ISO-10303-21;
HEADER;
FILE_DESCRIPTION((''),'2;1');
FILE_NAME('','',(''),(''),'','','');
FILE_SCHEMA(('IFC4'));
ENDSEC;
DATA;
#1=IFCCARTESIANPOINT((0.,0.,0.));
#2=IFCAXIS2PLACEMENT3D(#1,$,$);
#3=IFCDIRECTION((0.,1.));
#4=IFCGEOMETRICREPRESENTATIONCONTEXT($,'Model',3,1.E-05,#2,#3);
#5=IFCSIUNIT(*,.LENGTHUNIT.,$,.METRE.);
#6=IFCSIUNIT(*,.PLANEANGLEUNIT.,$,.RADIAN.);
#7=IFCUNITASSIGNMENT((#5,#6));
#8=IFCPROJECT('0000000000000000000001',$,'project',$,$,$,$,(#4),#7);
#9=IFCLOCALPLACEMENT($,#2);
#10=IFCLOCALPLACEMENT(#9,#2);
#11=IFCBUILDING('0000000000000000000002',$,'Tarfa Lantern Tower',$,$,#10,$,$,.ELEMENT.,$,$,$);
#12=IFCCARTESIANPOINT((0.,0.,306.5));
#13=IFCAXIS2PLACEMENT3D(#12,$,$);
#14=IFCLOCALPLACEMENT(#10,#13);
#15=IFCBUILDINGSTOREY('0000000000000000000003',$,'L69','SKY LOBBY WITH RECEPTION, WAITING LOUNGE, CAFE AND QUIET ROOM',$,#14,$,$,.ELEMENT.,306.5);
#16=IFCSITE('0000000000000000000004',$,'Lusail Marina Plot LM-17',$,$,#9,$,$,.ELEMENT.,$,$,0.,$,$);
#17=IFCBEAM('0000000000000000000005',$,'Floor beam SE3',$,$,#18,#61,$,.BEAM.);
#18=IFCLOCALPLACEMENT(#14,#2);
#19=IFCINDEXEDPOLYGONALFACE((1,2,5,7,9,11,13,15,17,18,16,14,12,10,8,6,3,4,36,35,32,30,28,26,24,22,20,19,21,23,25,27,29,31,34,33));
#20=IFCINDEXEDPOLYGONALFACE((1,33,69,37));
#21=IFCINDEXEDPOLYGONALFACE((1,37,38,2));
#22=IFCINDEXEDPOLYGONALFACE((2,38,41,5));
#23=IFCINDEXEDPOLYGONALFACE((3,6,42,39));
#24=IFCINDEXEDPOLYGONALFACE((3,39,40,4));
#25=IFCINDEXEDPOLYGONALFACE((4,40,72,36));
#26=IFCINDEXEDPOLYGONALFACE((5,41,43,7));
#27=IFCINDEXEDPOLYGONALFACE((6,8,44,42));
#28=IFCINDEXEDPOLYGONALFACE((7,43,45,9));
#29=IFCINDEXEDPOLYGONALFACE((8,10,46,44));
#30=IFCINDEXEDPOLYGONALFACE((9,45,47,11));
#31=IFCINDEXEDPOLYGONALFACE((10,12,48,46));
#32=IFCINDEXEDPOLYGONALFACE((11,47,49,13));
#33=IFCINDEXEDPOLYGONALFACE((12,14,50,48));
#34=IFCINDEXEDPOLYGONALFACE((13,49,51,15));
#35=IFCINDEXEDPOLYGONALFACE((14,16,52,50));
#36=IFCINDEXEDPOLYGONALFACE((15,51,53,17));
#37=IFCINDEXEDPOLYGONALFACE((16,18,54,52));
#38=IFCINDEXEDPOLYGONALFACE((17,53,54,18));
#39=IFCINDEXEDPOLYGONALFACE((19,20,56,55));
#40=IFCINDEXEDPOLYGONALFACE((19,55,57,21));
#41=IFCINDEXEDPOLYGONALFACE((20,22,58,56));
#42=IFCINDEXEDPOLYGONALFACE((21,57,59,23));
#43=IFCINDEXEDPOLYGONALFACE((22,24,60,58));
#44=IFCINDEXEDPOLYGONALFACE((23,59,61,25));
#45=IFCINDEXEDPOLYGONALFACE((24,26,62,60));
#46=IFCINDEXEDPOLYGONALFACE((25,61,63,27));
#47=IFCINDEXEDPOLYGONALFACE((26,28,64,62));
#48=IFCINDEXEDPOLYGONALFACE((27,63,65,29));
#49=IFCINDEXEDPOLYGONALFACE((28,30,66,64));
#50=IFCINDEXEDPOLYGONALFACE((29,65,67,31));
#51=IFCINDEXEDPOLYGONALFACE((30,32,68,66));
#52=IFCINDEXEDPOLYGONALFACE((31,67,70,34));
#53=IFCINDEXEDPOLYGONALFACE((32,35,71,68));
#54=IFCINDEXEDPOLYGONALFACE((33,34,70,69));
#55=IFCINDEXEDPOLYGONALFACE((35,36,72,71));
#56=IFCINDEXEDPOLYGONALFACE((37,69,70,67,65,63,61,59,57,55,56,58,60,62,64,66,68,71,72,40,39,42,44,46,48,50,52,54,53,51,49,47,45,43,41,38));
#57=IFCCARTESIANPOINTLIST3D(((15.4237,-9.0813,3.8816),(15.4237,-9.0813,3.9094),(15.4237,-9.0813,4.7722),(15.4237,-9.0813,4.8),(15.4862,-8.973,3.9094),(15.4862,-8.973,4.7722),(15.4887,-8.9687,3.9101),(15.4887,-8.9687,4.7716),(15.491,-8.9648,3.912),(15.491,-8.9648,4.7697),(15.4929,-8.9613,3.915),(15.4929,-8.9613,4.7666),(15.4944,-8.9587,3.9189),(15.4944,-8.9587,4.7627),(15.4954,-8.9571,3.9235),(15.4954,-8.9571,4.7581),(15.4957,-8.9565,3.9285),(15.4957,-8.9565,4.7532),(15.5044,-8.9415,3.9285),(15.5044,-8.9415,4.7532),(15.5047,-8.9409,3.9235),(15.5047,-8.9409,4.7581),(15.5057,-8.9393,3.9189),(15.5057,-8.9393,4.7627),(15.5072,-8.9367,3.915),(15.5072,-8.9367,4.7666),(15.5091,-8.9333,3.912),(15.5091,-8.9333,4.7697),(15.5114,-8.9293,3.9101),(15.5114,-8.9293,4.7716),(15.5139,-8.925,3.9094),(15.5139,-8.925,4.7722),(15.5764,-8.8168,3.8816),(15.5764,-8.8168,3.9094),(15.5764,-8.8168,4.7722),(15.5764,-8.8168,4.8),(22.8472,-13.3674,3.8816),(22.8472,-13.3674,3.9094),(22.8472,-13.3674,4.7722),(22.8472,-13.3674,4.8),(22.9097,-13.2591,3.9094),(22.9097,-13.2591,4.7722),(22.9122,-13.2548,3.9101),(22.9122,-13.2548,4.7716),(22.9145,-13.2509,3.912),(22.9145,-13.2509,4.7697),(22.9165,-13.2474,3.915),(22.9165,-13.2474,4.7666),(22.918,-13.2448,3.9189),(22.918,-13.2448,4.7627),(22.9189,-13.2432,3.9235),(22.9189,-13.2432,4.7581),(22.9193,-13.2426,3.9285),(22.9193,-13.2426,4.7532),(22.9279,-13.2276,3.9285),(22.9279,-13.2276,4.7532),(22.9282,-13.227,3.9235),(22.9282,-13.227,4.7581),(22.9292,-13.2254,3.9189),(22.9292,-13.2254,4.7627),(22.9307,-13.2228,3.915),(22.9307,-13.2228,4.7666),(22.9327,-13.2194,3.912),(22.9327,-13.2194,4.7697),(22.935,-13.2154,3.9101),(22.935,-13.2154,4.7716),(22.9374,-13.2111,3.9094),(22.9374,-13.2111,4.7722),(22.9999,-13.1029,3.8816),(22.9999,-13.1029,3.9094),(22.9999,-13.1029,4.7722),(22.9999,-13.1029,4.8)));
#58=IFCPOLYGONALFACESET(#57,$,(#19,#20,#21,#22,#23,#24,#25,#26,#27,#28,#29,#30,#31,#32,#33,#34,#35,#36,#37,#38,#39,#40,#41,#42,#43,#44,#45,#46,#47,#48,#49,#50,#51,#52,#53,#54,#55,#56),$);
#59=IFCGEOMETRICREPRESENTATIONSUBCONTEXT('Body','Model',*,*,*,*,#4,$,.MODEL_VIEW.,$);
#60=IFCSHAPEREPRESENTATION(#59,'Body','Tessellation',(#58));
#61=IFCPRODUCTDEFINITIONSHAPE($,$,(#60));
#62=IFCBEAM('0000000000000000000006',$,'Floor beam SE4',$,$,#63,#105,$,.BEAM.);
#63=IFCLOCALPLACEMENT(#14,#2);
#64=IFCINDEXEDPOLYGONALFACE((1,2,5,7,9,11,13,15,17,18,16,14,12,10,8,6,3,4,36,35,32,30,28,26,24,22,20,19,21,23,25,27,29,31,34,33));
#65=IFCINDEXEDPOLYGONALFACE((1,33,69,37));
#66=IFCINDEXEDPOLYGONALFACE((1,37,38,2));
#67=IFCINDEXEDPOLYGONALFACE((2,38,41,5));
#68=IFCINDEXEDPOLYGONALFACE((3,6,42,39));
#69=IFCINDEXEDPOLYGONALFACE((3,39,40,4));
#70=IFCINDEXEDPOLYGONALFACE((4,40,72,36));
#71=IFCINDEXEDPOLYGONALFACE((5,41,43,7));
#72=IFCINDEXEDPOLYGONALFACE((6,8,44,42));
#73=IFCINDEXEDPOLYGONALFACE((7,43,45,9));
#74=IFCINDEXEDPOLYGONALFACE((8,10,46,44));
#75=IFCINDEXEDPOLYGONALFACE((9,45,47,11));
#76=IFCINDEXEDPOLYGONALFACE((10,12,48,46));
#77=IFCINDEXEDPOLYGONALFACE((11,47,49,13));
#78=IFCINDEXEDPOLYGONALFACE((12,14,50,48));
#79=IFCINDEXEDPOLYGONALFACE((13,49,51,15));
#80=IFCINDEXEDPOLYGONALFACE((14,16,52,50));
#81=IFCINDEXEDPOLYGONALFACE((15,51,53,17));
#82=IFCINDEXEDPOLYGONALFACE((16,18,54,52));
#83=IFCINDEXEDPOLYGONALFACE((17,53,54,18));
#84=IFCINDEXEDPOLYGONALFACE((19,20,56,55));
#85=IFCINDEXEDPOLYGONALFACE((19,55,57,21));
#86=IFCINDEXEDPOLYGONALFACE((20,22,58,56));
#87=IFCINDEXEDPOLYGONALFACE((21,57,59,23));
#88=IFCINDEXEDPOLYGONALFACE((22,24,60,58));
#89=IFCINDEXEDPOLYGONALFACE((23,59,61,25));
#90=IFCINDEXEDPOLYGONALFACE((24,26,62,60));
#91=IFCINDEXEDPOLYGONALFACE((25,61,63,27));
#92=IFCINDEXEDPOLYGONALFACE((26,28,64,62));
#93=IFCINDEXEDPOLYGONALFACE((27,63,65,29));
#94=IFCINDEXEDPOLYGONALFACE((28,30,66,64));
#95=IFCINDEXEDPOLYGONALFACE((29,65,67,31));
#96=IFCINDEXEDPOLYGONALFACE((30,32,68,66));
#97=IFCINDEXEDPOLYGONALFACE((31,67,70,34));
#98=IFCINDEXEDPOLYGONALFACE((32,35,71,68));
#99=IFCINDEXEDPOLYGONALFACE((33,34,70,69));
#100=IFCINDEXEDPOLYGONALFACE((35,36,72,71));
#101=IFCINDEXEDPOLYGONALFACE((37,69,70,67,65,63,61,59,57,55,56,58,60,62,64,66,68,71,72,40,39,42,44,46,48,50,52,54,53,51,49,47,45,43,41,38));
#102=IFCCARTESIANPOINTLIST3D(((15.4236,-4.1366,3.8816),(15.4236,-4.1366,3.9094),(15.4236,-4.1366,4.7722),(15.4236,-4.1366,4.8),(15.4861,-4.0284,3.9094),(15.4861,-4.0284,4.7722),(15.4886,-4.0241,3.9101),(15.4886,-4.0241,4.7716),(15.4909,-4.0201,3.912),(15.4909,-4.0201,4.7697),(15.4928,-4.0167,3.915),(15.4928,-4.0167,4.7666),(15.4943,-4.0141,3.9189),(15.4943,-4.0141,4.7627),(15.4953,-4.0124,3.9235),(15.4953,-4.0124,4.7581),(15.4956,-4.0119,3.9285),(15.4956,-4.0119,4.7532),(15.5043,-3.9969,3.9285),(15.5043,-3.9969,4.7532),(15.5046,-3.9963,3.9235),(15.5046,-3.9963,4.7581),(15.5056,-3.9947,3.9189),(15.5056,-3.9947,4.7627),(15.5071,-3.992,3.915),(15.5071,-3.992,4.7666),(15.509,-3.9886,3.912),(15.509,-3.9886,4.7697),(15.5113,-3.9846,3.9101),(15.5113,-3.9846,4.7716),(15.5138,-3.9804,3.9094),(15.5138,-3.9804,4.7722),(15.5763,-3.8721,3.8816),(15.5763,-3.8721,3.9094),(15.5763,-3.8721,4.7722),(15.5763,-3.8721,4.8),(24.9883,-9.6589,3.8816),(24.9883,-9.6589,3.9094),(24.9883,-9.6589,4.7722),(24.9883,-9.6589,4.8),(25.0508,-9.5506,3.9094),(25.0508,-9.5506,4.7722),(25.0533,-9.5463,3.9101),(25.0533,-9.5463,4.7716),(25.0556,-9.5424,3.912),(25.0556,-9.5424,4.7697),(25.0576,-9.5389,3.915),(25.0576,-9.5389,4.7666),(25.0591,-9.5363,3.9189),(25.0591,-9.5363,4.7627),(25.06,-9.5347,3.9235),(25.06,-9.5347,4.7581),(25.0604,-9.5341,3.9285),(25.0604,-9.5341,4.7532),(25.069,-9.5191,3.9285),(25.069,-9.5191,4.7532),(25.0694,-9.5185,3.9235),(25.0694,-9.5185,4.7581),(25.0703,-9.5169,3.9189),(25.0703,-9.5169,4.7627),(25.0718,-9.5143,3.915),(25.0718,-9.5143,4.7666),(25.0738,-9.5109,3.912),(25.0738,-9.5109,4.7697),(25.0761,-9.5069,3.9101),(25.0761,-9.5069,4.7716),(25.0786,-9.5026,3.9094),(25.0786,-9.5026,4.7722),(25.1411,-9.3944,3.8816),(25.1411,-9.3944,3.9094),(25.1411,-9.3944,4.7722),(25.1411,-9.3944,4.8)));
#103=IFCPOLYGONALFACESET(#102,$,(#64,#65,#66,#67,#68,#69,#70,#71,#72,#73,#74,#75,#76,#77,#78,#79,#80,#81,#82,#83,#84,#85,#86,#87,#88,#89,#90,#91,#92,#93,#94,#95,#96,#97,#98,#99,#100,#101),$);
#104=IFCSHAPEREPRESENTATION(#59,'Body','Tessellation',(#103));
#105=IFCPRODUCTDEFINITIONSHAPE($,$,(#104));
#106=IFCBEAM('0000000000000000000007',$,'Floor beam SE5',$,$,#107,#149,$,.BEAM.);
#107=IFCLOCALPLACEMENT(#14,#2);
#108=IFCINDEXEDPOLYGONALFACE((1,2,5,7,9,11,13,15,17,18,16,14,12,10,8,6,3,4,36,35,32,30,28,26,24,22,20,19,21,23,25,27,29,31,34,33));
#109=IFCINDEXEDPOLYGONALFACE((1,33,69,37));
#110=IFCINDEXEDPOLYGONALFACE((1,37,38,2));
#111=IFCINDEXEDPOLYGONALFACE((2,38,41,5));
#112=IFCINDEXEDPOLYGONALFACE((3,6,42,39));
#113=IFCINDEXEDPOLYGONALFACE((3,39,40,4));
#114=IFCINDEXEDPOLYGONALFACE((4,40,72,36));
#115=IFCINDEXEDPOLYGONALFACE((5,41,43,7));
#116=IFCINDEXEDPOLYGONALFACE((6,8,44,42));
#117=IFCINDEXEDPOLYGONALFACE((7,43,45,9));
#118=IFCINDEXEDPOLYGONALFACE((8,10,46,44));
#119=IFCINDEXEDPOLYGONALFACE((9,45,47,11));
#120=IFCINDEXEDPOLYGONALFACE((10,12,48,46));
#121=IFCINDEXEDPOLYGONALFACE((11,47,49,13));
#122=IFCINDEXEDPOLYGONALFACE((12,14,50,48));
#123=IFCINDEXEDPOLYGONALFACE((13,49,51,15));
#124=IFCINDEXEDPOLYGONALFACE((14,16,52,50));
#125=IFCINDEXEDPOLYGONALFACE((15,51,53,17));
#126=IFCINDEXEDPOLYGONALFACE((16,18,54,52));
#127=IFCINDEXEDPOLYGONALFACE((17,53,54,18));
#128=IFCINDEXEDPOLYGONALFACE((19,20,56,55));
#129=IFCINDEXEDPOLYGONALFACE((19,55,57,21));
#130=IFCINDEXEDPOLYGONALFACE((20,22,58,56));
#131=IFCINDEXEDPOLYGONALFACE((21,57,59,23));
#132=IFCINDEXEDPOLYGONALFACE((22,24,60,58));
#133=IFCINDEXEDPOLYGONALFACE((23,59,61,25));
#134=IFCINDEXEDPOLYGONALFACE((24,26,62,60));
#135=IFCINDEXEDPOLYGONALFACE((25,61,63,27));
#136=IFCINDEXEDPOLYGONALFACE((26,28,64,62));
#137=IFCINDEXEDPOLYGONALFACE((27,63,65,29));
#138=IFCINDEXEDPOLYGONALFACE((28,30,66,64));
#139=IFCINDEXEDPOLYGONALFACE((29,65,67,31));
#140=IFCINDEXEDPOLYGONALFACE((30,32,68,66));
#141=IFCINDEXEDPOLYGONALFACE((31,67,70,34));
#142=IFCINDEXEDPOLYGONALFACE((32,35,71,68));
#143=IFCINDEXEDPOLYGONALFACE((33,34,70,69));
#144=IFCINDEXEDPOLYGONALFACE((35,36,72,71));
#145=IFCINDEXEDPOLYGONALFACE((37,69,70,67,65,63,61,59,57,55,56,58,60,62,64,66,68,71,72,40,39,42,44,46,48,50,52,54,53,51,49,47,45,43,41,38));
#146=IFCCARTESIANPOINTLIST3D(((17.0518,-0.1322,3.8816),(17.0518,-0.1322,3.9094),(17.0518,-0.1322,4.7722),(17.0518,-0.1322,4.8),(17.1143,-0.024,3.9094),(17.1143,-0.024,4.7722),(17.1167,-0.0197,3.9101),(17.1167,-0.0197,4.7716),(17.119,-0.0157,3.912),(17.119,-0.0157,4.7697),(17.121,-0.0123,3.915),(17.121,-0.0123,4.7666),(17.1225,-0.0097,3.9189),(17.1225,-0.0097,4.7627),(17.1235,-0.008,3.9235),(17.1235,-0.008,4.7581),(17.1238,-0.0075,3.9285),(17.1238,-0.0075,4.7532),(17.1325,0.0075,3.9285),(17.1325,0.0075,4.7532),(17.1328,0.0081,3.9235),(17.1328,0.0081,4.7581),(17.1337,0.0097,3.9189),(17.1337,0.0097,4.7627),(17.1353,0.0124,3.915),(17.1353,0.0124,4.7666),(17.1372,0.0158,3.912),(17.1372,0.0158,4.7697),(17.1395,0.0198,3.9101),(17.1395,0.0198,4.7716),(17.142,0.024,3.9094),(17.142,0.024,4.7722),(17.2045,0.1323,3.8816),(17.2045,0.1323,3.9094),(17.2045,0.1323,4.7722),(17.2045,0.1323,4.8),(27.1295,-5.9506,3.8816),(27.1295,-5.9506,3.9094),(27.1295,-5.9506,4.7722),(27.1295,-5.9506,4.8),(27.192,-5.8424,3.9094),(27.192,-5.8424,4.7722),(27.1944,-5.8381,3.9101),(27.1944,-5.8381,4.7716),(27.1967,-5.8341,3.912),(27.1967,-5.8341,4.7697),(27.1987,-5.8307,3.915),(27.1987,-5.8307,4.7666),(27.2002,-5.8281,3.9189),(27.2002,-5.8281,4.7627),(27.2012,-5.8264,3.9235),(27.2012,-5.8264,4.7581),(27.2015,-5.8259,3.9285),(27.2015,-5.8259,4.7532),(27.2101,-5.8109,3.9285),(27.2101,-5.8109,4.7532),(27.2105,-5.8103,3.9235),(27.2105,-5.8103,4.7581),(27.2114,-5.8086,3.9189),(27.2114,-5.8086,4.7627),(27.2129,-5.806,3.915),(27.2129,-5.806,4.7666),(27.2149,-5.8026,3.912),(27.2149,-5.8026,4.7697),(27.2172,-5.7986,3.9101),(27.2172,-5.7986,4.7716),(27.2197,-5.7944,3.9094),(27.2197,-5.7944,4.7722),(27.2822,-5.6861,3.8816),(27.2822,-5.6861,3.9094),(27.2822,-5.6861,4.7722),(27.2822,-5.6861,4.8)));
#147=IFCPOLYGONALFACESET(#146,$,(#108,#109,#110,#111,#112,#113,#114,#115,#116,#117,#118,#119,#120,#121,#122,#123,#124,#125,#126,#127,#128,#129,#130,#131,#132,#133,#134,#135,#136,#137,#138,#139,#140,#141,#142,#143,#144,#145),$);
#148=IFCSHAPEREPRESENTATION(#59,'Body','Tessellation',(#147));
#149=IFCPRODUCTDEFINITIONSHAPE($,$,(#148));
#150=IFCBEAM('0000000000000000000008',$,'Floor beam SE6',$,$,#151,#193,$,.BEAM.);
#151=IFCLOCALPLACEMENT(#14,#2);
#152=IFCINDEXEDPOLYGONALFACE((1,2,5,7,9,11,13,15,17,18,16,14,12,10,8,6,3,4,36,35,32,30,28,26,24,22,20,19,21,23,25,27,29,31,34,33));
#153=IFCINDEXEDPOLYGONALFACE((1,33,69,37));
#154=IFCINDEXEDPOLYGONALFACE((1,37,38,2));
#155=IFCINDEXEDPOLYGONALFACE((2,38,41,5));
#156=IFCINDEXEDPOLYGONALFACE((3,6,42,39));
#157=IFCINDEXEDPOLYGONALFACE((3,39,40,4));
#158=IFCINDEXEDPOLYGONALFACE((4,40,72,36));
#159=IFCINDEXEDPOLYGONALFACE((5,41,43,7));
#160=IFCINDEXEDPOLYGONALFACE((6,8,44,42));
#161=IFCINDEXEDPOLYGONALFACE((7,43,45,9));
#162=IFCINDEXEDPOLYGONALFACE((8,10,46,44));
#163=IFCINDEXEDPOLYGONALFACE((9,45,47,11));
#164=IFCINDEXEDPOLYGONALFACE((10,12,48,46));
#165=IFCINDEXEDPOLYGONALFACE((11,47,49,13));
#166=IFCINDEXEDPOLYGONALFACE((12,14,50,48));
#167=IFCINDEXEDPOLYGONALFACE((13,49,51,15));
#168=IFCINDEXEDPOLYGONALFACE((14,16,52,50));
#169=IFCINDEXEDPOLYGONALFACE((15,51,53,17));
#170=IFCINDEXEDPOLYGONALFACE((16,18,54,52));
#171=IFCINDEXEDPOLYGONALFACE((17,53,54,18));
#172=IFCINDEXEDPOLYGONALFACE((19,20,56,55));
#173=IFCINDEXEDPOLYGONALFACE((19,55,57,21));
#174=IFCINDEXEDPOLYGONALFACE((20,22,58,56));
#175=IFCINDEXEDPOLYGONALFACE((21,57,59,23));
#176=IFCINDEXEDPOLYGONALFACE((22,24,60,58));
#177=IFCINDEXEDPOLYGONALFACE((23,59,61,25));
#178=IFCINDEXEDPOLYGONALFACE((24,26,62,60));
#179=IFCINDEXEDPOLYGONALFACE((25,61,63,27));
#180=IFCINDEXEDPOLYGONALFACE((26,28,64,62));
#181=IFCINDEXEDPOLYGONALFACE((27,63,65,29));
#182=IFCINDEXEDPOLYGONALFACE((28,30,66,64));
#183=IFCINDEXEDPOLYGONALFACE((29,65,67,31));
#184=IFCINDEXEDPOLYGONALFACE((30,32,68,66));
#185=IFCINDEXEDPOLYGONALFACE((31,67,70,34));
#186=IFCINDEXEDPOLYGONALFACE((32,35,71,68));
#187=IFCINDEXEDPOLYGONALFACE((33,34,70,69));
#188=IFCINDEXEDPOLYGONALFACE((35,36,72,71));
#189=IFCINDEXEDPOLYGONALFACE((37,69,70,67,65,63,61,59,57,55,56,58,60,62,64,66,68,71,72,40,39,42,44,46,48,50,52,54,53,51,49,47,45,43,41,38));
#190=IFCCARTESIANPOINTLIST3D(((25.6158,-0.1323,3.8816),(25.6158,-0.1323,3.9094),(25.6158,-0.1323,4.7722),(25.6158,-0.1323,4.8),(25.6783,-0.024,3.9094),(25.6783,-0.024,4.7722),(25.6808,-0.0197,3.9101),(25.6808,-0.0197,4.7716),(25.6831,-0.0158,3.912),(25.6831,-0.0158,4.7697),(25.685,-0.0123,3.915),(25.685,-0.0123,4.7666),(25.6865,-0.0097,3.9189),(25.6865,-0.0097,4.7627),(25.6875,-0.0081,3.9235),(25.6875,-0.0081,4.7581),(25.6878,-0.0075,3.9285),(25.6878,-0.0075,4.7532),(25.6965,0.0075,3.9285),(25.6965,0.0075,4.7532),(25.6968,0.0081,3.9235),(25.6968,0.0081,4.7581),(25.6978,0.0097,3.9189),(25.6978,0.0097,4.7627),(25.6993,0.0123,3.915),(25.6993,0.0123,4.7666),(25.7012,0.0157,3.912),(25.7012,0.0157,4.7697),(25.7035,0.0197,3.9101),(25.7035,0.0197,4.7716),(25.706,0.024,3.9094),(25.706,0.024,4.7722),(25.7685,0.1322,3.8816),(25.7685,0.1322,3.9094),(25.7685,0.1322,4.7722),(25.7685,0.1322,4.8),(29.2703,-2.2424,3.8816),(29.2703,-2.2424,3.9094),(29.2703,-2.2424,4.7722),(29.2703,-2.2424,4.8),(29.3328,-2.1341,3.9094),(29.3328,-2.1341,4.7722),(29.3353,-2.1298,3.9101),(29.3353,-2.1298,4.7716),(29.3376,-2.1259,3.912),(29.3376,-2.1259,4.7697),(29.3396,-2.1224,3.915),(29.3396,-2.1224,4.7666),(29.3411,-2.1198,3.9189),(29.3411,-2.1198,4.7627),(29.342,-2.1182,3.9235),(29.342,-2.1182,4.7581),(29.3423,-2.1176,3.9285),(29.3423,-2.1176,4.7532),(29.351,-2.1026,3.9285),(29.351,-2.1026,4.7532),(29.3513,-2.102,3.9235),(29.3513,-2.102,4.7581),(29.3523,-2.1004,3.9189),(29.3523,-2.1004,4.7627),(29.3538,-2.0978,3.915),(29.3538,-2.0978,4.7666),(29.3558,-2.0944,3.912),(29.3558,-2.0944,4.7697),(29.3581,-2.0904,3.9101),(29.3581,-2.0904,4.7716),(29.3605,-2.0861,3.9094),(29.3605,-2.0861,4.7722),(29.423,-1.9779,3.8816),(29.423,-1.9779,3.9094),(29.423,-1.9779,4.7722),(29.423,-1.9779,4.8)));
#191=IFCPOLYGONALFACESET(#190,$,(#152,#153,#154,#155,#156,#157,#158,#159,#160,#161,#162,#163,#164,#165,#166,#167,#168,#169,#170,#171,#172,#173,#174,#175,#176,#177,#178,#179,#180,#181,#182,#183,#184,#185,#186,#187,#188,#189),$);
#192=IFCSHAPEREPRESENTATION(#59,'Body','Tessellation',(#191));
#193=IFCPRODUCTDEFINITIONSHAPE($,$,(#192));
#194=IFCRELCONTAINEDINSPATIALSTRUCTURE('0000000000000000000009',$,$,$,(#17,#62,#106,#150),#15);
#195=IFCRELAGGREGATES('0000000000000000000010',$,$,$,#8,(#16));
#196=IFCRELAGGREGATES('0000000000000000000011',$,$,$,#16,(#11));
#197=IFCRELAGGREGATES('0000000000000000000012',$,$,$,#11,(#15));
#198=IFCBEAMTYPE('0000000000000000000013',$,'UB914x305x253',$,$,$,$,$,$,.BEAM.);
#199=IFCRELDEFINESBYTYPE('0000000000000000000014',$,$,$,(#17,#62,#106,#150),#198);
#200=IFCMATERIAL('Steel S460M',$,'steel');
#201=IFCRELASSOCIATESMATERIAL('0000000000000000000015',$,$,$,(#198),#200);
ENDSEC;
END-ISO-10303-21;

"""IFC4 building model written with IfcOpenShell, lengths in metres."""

from ifc_helpers import new_model, si_unit, direction, frame, origin, origin_2d, place, context, subcontext, project, spatial, i_section, extrude, material, material_profile, profile_set, type_object, element, save


model = new_model("IFC4")

# Units and contexts
model_context = context("Model", 3, precision=1e-05, world=origin(), true_north=direction((0.0, 1.0)))
body_context = subcontext(model_context, "Body", "Model", "MODEL_VIEW")
ifc_project = project(units=[si_unit("LENGTHUNIT", "METRE"), si_unit("PLANEANGLEUNIT", "RADIAN")], contexts=[model_context])

# Site, building, storey
site_placement = place(None, origin())
site = spatial("IfcSite", under=ifc_project, at=site_placement, Name="Lusail Marina Plot LM-17", CompositionType="ELEMENT", RefElevation=0.0)
building_placement = place(site_placement, origin())
building = spatial("IfcBuilding", under=site, at=building_placement, Name="Tarfa Lantern Tower", CompositionType="ELEMENT")
storey_placement = place(building_placement, frame((0.0, 0.0, 306.5)))
storey = spatial("IfcBuildingStorey", under=building, at=storey_placement, Name="L69", Description="SKY LOBBY WITH RECEPTION, WAITING LOUNGE, CAFE AND QUIET ROOM", CompositionType="ELEMENT", Elevation=306.5)

# Shared definitions
ifc_material_1 = material(Name="Steel S460M", Category="steel")

# Beams
ifc_material_profile_1 = material_profile(ifc_material_1, i_section(OverallWidth=0.3054, OverallDepth=0.9185, WebThickness=0.0173, FlangeThickness=0.0278, FilletRadius=0.019, at=origin_2d()), Name="UB914x305x253")
ifc_profile_set_1 = profile_set([ifc_material_profile_1], Name="Steel S460M")
beam_type_1 = type_object("IfcBeamType", Name="UB914x305x253", PredefinedType="BEAM", material=ifc_profile_set_1)
beam_1_placement = place(storey_placement, frame((22.9236, -13.2351, 4.3408), z_axis=(-0.866019, 0.500011, 0.0), x_axis=(-0.500011, -0.866019, 0.0)))
element("IfcBeam", 1, at=beam_1_placement, inside=storey, type_object=beam_type_1, Name="Floor beam SE3", PredefinedType="BEAM", context=body_context, shape_type="SweptSolid", body=[
    extrude(i_section(OverallWidth=0.3054, OverallDepth=0.9185, WebThickness=0.0173, FlangeThickness=0.0278, FilletRadius=0.019, at=origin_2d()), origin(), (0.0, 0.0, 1.0), 8.572),
])
beam_2_placement = place(storey_placement, frame((25.0647, -9.5266, 4.3408), z_axis=(-0.866024, 0.500002, 0.0), x_axis=(-0.500002, -0.866024, 0.0)))
element("IfcBeam", 2, at=beam_2_placement, inside=storey, type_object=beam_type_1, Name="Floor beam SE4", PredefinedType="BEAM", context=body_context, shape_type="SweptSolid", body=[
    extrude(i_section(OverallWidth=0.3054, OverallDepth=0.9185, WebThickness=0.0173, FlangeThickness=0.0278, FilletRadius=0.019, at=origin_2d()), origin(), (0.0, 0.0, 1.0), 11.0444),
])
beam_3_placement = place(storey_placement, frame((27.2058, -5.8184, 4.3408), z_axis=(-0.866024, 0.500002, 0.0), x_axis=(-0.500002, -0.866024, 0.0)))
element("IfcBeam", 3, at=beam_3_placement, inside=storey, type_object=beam_type_1, Name="Floor beam SE5", PredefinedType="BEAM", context=body_context, shape_type="SweptSolid", body=[
    extrude(i_section(OverallWidth=0.3054, OverallDepth=0.9185, WebThickness=0.0173, FlangeThickness=0.0278, FilletRadius=0.019, at=origin_2d()), origin(), (0.0, 0.0, 1.0), 11.6367),
])
beam_4_placement = place(storey_placement, frame((29.3467, -2.1101, 4.3408), z_axis=(-0.866009, 0.500028, 0.0), x_axis=(-0.500028, -0.866009, 0.0)))
element("IfcBeam", 4, at=beam_4_placement, inside=storey, type_object=beam_type_1, Name="Floor beam SE6", PredefinedType="BEAM", context=body_context, shape_type="SweptSolid", body=[
    extrude(i_section(OverallWidth=0.3054, OverallDepth=0.9185, WebThickness=0.0173, FlangeThickness=0.0278, FilletRadius=0.019, at=origin_2d()), origin(), (0.0, 0.0, 1.0), 4.22),
])

save(model, "model.ifc")
